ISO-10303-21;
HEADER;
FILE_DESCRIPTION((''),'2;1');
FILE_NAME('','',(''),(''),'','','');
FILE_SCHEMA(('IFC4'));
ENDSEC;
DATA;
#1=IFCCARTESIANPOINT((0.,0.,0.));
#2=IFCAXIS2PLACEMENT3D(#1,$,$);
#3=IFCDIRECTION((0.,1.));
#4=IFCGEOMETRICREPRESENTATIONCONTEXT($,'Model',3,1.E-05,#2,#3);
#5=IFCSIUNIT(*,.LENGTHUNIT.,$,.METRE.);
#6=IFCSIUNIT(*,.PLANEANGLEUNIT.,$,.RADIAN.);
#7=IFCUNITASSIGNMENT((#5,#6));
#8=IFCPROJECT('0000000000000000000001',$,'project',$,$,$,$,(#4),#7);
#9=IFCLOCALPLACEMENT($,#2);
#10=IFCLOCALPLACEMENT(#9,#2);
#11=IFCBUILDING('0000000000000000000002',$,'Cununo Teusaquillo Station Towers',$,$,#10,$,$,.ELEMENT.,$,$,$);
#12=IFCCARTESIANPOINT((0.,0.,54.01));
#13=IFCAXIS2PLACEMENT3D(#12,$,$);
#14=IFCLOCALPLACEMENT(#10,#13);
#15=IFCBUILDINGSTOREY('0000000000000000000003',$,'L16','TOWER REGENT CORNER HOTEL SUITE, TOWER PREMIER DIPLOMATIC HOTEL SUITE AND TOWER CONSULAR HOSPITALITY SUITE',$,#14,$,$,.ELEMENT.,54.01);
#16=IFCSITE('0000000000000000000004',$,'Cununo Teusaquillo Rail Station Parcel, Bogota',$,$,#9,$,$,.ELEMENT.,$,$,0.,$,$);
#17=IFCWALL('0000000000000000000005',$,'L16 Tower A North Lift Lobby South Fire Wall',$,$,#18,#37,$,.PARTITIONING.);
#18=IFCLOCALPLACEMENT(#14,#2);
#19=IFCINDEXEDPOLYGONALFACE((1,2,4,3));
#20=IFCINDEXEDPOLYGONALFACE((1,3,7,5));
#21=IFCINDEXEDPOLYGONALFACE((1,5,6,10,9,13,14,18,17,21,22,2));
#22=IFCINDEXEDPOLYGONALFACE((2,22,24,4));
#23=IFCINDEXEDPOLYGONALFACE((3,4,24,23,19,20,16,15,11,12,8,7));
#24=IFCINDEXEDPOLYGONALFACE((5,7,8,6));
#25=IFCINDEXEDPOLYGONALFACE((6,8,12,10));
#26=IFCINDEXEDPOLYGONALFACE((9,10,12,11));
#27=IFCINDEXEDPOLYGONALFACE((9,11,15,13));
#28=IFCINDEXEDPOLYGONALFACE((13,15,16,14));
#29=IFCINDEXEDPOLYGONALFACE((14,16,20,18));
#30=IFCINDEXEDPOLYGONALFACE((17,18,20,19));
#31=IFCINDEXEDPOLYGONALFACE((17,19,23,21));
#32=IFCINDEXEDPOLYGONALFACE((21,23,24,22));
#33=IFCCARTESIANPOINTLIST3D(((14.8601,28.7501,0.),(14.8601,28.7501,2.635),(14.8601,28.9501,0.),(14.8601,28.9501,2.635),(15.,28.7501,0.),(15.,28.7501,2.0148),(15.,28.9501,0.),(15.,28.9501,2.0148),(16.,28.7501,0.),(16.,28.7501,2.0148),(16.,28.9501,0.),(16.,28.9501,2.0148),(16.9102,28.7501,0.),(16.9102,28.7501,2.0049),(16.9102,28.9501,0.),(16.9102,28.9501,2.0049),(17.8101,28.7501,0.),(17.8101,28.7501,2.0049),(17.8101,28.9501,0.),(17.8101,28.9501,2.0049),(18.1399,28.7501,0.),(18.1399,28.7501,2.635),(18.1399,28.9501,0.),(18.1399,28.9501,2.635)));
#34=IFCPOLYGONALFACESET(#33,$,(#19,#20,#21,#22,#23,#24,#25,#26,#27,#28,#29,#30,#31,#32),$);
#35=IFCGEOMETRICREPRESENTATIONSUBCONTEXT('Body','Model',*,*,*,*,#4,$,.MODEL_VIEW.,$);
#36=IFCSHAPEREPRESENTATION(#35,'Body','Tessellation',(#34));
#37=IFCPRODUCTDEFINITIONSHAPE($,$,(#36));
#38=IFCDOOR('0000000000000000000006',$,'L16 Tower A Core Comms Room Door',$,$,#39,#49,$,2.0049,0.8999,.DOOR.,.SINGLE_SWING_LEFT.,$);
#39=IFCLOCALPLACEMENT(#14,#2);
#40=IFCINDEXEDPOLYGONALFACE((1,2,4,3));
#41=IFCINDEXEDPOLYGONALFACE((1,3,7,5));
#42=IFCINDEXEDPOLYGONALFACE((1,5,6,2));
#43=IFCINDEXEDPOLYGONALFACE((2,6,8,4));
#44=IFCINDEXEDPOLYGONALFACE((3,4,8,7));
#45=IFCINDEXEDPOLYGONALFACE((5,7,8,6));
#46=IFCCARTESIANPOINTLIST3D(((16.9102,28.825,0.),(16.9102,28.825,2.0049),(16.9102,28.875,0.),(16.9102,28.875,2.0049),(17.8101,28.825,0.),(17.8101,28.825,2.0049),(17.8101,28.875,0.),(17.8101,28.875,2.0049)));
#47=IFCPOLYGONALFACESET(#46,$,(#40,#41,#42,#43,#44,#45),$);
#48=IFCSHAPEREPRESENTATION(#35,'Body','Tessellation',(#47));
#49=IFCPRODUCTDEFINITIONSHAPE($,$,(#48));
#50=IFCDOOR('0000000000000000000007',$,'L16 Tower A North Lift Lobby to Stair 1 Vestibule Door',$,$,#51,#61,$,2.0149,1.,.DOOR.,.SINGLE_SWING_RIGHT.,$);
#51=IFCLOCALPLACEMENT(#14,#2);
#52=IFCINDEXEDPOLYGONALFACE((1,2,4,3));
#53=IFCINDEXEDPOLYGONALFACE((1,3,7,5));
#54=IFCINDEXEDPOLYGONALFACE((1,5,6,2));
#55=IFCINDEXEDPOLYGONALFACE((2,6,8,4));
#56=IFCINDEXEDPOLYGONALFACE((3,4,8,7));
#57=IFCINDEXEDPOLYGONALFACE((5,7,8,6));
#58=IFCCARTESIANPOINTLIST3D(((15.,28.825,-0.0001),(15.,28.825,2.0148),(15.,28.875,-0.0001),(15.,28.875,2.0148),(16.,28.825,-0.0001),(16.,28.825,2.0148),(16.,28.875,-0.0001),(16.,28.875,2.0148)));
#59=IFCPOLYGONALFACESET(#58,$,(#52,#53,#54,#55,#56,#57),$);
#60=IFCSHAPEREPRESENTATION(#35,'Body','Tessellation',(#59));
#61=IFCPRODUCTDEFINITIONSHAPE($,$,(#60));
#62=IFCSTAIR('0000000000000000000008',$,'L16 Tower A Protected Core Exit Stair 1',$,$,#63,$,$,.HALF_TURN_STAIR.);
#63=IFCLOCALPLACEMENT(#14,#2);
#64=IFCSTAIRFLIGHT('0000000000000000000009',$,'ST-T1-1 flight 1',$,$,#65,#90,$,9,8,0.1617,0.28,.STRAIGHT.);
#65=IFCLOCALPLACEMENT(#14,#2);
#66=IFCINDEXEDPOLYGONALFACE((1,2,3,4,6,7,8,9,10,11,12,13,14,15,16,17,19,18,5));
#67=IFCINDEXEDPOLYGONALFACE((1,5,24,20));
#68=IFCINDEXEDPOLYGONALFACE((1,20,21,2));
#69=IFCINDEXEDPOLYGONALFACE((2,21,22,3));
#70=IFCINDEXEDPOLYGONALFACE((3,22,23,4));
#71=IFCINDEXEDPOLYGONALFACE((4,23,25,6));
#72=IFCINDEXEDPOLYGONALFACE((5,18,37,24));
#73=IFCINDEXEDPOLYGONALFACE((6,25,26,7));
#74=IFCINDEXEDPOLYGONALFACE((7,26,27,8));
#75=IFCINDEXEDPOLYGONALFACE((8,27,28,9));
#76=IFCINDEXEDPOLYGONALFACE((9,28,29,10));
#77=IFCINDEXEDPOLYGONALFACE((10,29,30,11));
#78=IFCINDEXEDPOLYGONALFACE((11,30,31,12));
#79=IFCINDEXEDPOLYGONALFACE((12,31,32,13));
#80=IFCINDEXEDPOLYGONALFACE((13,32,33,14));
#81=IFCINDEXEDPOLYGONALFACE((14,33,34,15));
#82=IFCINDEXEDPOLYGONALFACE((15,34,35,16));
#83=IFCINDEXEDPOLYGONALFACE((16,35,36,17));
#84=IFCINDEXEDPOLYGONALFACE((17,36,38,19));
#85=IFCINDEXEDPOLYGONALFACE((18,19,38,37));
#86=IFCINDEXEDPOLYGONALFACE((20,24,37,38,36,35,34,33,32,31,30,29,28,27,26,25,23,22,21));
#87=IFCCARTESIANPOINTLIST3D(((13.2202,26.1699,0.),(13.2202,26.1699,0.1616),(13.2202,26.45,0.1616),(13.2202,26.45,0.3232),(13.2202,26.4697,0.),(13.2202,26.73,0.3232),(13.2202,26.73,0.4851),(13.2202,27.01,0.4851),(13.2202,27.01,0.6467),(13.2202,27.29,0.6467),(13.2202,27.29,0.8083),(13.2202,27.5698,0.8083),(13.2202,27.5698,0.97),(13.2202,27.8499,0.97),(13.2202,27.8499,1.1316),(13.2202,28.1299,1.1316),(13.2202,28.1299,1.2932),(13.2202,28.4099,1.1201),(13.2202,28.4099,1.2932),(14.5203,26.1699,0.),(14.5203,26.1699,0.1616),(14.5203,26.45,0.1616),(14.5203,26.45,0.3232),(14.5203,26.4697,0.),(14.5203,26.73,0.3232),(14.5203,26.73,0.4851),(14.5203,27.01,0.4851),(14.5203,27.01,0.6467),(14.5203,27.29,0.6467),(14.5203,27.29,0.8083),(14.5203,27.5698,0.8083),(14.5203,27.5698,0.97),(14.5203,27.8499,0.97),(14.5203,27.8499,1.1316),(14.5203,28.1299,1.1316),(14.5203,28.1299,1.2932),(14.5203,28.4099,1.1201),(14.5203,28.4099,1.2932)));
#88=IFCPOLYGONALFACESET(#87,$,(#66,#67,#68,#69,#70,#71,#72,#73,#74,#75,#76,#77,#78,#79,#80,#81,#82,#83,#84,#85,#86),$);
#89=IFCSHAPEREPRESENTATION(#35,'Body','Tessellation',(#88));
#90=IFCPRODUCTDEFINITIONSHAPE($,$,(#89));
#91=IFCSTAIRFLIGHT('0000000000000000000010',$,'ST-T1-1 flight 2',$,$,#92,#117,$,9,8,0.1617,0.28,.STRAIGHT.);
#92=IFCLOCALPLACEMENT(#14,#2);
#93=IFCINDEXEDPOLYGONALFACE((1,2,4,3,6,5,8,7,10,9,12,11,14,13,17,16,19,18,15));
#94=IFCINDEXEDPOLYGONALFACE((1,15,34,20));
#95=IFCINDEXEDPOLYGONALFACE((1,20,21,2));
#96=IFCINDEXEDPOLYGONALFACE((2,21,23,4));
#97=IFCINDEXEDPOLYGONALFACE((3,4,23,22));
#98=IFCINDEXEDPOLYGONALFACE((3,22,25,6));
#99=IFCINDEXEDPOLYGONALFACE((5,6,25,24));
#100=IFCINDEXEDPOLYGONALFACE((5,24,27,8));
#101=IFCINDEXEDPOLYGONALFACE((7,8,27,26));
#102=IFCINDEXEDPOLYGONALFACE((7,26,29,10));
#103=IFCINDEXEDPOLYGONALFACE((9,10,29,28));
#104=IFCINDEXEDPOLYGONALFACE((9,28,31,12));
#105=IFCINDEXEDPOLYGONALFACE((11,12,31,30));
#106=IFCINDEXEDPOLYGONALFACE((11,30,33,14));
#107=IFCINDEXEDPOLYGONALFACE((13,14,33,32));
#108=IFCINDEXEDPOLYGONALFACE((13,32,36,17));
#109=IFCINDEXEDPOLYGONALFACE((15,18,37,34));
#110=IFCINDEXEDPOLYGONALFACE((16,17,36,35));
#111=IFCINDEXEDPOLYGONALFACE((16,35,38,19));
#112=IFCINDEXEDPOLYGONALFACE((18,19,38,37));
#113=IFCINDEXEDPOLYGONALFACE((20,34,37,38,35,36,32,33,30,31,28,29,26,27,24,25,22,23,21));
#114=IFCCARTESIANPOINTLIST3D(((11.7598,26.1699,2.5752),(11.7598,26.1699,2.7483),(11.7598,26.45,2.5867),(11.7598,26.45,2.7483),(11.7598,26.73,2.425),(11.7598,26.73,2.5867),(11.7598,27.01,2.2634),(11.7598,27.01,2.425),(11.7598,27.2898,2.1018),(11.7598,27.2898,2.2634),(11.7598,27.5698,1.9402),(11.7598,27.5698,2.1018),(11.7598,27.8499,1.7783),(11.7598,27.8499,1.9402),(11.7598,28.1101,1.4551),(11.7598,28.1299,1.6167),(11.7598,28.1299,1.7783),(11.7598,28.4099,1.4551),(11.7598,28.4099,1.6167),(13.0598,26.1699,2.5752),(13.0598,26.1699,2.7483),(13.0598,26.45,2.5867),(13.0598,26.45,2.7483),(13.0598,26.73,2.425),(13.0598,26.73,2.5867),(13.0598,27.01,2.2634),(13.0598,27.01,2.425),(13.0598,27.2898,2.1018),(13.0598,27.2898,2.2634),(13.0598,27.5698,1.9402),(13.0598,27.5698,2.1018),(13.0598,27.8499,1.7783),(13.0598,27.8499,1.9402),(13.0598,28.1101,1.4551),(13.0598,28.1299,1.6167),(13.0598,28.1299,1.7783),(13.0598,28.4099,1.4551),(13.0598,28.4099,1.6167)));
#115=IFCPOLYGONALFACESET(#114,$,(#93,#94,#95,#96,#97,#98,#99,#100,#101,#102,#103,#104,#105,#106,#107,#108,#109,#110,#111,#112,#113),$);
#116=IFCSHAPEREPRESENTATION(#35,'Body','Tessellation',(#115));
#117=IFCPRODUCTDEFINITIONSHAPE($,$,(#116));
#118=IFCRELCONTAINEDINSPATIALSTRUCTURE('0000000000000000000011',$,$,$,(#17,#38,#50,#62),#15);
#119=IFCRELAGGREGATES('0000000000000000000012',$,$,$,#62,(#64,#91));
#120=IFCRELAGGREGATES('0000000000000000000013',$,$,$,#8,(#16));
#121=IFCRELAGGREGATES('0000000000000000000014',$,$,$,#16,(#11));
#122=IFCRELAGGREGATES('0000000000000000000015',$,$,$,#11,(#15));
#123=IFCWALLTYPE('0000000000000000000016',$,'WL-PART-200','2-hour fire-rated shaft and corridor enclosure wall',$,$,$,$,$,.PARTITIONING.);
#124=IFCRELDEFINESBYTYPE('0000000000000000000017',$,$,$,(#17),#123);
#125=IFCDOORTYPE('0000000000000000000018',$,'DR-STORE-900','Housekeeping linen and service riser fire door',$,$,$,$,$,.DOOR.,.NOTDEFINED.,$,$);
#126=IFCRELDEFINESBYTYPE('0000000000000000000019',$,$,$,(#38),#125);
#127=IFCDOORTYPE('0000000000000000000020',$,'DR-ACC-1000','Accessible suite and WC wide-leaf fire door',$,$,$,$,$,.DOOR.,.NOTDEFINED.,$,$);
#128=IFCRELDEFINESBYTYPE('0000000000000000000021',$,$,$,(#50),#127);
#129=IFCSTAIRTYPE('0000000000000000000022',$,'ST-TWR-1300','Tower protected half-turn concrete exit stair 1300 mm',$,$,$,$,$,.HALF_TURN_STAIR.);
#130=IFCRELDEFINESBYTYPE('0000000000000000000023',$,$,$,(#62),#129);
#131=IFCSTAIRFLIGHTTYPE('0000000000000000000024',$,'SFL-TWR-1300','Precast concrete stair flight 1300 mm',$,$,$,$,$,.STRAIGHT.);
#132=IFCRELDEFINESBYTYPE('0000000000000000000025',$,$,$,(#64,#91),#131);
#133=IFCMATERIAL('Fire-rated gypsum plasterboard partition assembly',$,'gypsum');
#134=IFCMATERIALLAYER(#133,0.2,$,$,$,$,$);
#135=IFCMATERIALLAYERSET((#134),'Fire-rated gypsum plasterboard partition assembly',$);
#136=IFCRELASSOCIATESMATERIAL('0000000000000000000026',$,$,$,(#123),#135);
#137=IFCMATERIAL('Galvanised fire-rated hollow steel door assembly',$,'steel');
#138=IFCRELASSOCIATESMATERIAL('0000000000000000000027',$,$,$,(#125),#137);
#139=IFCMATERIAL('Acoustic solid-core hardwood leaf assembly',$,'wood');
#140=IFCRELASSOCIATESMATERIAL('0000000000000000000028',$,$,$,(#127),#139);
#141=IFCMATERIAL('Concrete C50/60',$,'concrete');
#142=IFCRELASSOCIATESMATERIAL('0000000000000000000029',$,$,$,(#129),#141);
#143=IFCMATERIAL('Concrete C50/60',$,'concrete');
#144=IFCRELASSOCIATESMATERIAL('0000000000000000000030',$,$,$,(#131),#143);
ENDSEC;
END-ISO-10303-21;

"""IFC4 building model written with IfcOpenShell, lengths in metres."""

from ifc_helpers import new_model, si_unit, direction, frame, frame_2d, origin, place, context, subcontext, project, spatial, polyline, rectangle, outline, extrude, source, transform, mapped, material, layer, layer_set, type_object, element, fill, aggregate, save


model = new_model("IFC4")

# Units and contexts
model_context = context("Model", 3, precision=1e-05, world=origin(), true_north=direction((0.0, 1.0)))
body_context = subcontext(model_context, "Body", "Model", "MODEL_VIEW")
ifc_project = project(units=[si_unit("LENGTHUNIT", "METRE"), si_unit("PLANEANGLEUNIT", "RADIAN")], contexts=[model_context])

# Site, building, storey
site_placement = place(None, origin())
site = spatial("IfcSite", under=ifc_project, at=site_placement, Name="Cununo Teusaquillo Rail Station Parcel, Bogota", CompositionType="ELEMENT", RefElevation=0.0)
building_placement = place(site_placement, origin())
building = spatial("IfcBuilding", under=site, at=building_placement, Name="Cununo Teusaquillo Station Towers", CompositionType="ELEMENT")
storey_placement = place(building_placement, frame((0.0, 0.0, 54.01)))
storey = spatial("IfcBuildingStorey", under=building, at=storey_placement, Name="L16", Description="TOWER REGENT CORNER HOTEL SUITE, TOWER PREMIER DIPLOMATIC HOTEL SUITE AND TOWER CONSULAR HOSPITALITY SUITE", CompositionType="ELEMENT", Elevation=54.01)

# Shared definitions
shared_shape_1 = source(origin(), body_context, "Body", "SweptSolid", [
    extrude(rectangle(XDim=0.8999, YDim=2.0049, at=frame_2d((0.45, 1.0024))), frame((0.0, 0.0249, 0.0), z_axis=(0.0, -1.0, 0.0), x_axis=(1.0, 0.0, 0.0)), (0.0, 0.0, 1.0), 0.05),
])

# Shared definitions
ifc_material_1 = material(Name="Fire-rated gypsum plasterboard partition assembly", Category="gypsum")
ifc_layer_1 = layer(ifc_material_1, 0.2)
ifc_layer_set_1 = layer_set([ifc_layer_1], Name="Fire-rated gypsum plasterboard partition assembly")
wall_type_1 = type_object("IfcWallType", Name="WL-PART-200", Description="2-hour fire-rated shaft and corridor enclosure wall", PredefinedType="PARTITIONING", material=ifc_layer_set_1)
shared_shape_2 = source(origin(), body_context, "Body", "SweptSolid", [
    extrude(rectangle(XDim=0.8999, YDim=2.0049, at=frame_2d((0.45, 1.0024))), frame((0.0, 0.1099, 0.0), z_axis=(0.0, -1.0, 0.0), x_axis=(1.0, 0.0, 0.0)), (0.0, 0.0, 1.0), 0.22),
])
ifc_material_2 = material(Name="Galvanised fire-rated hollow steel door assembly", Category="steel")
door_type_1 = type_object("IfcDoorType", Name="DR-STORE-900", Description="Housekeeping linen and service riser fire door", OperationType="NOTDEFINED", PredefinedType="DOOR", material=ifc_material_2)

# Wall, openings, doors
wall_1_placement = place(storey_placement, frame((14.8601, 28.8501, 0.0), z_axis=(0.0, 0.0, 1.0), x_axis=(1.0, 0.0, 0.0)))
wall_1 = element("IfcWall", 1, at=wall_1_placement, inside=storey, type_object=wall_type_1, Name="L16 Tower A North Lift Lobby South Fire Wall", PredefinedType="PARTITIONING", context=body_context, shape_type="SweptSolid", body=[
    extrude(rectangle(XDim=3.2798, YDim=0.2, at=frame_2d((1.6399, 0.0))), origin(), (0.0, 0.0, 1.0), 2.635),
])
shared_shape_3 = source(origin(), body_context, "Body", "SweptSolid", [
    extrude(rectangle(XDim=1.0, YDim=2.0149, at=frame_2d((0.5, 1.0073))), frame((0.0, 0.1099, 0.0), z_axis=(0.0, -1.0, 0.0), x_axis=(1.0, 0.0, 0.0)), (0.0, 0.0, 1.0), 0.22),
])
opening_1_placement = place(wall_1_placement, frame((0.1399, 0.0, 0.0)))
opening_1 = element("IfcOpeningElement", 2, at=opening_1_placement, cuts=wall_1, PredefinedType="OPENING", context=body_context, shape_type="MappedRepresentation", body=[
    mapped(shared_shape_3, transform((0.0, 0.0, 0.0), x_axis=(1.0, 0.0, 0.0), y_axis=(0.0, 1.0, 0.0), z_axis=(0.0, 0.0, 1.0), scale=1.0)),
])
opening_2_placement = place(wall_1_placement, frame((2.05, 0.0, 0.0)))
opening_2 = element("IfcOpeningElement", 3, at=opening_2_placement, cuts=wall_1, PredefinedType="OPENING", context=body_context, shape_type="MappedRepresentation", body=[
    mapped(shared_shape_2, transform((0.0, 0.0, 0.0), x_axis=(1.0, 0.0, 0.0), y_axis=(0.0, 1.0, 0.0), z_axis=(0.0, 0.0, 1.0), scale=1.0)),
])
door_1_placement = place(opening_2_placement, origin())
door_1 = element("IfcDoor", 4, at=door_1_placement, inside=storey, type_object=door_type_1, Name="L16 Tower A Core Comms Room Door", OperationType="SINGLE_SWING_LEFT", OverallHeight=2.0049, OverallWidth=0.8999, PredefinedType="DOOR", context=body_context, shape_type="MappedRepresentation", body=[
    mapped(shared_shape_1, transform((0.0, 0.0, 0.0), x_axis=(1.0, 0.0, 0.0), y_axis=(0.0, 1.0, 0.0), z_axis=(0.0, 0.0, 1.0), scale=1.0)),
])
fill(opening_2, door_1)
ifc_material_3 = material(Name="Acoustic solid-core hardwood leaf assembly", Category="wood")
door_type_2 = type_object("IfcDoorType", Name="DR-ACC-1000", Description="Accessible suite and WC wide-leaf fire door", OperationType="NOTDEFINED", PredefinedType="DOOR", material=ifc_material_3)
shared_shape_4 = source(origin(), body_context, "Body", "SweptSolid", [
    extrude(rectangle(XDim=1.0, YDim=2.0149, at=frame_2d((0.5, 1.0073))), frame((0.0, 0.0249, 0.0), z_axis=(0.0, -1.0, 0.0), x_axis=(1.0, 0.0, 0.0)), (0.0, 0.0, 1.0), 0.05),
])
door_2_placement = place(opening_1_placement, origin())
door_2 = element("IfcDoor", 5, at=door_2_placement, inside=storey, type_object=door_type_2, Name="L16 Tower A North Lift Lobby to Stair 1 Vestibule Door", OperationType="SINGLE_SWING_RIGHT", OverallHeight=2.0149, OverallWidth=1.0, PredefinedType="DOOR", context=body_context, shape_type="MappedRepresentation", body=[
    mapped(shared_shape_4, transform((0.0, 0.0, 0.0), x_axis=(1.0, 0.0, 0.0), y_axis=(0.0, 1.0, 0.0), z_axis=(0.0, 0.0, 1.0), scale=1.0)),
])
fill(opening_1, door_2)

# Stair, stair flights
ifc_material_4 = material(Name="Concrete C50/60", Category="concrete")
stair_type = type_object("IfcStairType", Name="ST-TWR-1300", Description="Tower protected half-turn concrete exit stair 1300 mm", PredefinedType="HALF_TURN_STAIR", material=ifc_material_4)
stair_placement = place(storey_placement, origin())
stair = element("IfcStair", 6, at=stair_placement, inside=storey, type_object=stair_type, Name="L16 Tower A Protected Core Exit Stair 1", PredefinedType="HALF_TURN_STAIR")
ifc_material_5 = material(Name="Concrete C50/60", Category="concrete")
stair_flight_type = type_object("IfcStairFlightType", Name="SFL-TWR-1300", Description="Precast concrete stair flight 1300 mm", PredefinedType="STRAIGHT", material=ifc_material_5)
stair_flight_1_placement = place(storey_placement, frame((13.8701, 26.1699, 0.0), z_axis=(0.0, 0.0, 1.0), x_axis=(0.0, 1.0, 0.0)))
stair_flight_1 = element("IfcStairFlight", 7, at=stair_flight_1_placement, type_object=stair_flight_type, Name="ST-T1-1 flight 1", NumberOfRisers=9, NumberOfTreads=8, PredefinedType="STRAIGHT", RiserHeight=0.1617, TreadLength=0.28, context=body_context, shape_type="SweptSolid", body=[
    extrude(outline(polyline([(0.0, 0.0), (0.0, 0.1616), (0.28, 0.1616), (0.28, 0.3232), (0.5601, 0.3232), (0.5601, 0.4851), (0.8401, 0.4851), (0.8401, 0.6467), (1.1201, 0.6467), (1.1201, 0.8083), (1.3999, 0.8083), (1.3999, 0.97), (1.6799, 0.97), (1.6799, 1.1316), (1.96, 1.1316), (1.96, 1.2932), (2.24, 1.2932), (2.24, 1.4551), (2.24, 1.1201), (0.2998, 0.0), (0.0, 0.0)])), frame((0.0, 0.6499, 0.0), z_axis=(0.0, -1.0, 0.0), x_axis=(1.0, 0.0, 0.0)), (0.0, 0.0, 1.0), 1.3),
])
stair_flight_2_placement = place(storey_placement, frame((12.4099, 28.4099, 1.4551), z_axis=(0.0, 0.0, 1.0), x_axis=(0.0, -1.0, 0.0)))
stair_flight_2 = element("IfcStairFlight", 8, at=stair_flight_2_placement, type_object=stair_flight_type, Name="ST-T1-1 flight 2", NumberOfRisers=9, NumberOfTreads=8, PredefinedType="STRAIGHT", RiserHeight=0.1617, TreadLength=0.28, context=body_context, shape_type="SweptSolid", body=[
    extrude(outline(polyline([(0.0, 0.0), (0.0, 0.1616), (0.28, 0.1616), (0.28, 0.3232), (0.5601, 0.3232), (0.5601, 0.4851), (0.8401, 0.4851), (0.8401, 0.6467), (1.1201, 0.6467), (1.1201, 0.8083), (1.3999, 0.8083), (1.3999, 0.97), (1.6799, 0.97), (1.6799, 1.1316), (1.96, 1.1316), (1.96, 1.2932), (2.24, 1.2932), (2.24, 1.4551), (2.24, 1.1201), (0.2998, 0.0), (0.0, 0.0)])), frame((0.0, 0.6499, 0.0), z_axis=(0.0, -1.0, 0.0), x_axis=(1.0, 0.0, 0.0)), (0.0, 0.0, 1.0), 1.3),
])
aggregate(stair, [stair_flight_1, stair_flight_2])

save(model, "model.ifc")
